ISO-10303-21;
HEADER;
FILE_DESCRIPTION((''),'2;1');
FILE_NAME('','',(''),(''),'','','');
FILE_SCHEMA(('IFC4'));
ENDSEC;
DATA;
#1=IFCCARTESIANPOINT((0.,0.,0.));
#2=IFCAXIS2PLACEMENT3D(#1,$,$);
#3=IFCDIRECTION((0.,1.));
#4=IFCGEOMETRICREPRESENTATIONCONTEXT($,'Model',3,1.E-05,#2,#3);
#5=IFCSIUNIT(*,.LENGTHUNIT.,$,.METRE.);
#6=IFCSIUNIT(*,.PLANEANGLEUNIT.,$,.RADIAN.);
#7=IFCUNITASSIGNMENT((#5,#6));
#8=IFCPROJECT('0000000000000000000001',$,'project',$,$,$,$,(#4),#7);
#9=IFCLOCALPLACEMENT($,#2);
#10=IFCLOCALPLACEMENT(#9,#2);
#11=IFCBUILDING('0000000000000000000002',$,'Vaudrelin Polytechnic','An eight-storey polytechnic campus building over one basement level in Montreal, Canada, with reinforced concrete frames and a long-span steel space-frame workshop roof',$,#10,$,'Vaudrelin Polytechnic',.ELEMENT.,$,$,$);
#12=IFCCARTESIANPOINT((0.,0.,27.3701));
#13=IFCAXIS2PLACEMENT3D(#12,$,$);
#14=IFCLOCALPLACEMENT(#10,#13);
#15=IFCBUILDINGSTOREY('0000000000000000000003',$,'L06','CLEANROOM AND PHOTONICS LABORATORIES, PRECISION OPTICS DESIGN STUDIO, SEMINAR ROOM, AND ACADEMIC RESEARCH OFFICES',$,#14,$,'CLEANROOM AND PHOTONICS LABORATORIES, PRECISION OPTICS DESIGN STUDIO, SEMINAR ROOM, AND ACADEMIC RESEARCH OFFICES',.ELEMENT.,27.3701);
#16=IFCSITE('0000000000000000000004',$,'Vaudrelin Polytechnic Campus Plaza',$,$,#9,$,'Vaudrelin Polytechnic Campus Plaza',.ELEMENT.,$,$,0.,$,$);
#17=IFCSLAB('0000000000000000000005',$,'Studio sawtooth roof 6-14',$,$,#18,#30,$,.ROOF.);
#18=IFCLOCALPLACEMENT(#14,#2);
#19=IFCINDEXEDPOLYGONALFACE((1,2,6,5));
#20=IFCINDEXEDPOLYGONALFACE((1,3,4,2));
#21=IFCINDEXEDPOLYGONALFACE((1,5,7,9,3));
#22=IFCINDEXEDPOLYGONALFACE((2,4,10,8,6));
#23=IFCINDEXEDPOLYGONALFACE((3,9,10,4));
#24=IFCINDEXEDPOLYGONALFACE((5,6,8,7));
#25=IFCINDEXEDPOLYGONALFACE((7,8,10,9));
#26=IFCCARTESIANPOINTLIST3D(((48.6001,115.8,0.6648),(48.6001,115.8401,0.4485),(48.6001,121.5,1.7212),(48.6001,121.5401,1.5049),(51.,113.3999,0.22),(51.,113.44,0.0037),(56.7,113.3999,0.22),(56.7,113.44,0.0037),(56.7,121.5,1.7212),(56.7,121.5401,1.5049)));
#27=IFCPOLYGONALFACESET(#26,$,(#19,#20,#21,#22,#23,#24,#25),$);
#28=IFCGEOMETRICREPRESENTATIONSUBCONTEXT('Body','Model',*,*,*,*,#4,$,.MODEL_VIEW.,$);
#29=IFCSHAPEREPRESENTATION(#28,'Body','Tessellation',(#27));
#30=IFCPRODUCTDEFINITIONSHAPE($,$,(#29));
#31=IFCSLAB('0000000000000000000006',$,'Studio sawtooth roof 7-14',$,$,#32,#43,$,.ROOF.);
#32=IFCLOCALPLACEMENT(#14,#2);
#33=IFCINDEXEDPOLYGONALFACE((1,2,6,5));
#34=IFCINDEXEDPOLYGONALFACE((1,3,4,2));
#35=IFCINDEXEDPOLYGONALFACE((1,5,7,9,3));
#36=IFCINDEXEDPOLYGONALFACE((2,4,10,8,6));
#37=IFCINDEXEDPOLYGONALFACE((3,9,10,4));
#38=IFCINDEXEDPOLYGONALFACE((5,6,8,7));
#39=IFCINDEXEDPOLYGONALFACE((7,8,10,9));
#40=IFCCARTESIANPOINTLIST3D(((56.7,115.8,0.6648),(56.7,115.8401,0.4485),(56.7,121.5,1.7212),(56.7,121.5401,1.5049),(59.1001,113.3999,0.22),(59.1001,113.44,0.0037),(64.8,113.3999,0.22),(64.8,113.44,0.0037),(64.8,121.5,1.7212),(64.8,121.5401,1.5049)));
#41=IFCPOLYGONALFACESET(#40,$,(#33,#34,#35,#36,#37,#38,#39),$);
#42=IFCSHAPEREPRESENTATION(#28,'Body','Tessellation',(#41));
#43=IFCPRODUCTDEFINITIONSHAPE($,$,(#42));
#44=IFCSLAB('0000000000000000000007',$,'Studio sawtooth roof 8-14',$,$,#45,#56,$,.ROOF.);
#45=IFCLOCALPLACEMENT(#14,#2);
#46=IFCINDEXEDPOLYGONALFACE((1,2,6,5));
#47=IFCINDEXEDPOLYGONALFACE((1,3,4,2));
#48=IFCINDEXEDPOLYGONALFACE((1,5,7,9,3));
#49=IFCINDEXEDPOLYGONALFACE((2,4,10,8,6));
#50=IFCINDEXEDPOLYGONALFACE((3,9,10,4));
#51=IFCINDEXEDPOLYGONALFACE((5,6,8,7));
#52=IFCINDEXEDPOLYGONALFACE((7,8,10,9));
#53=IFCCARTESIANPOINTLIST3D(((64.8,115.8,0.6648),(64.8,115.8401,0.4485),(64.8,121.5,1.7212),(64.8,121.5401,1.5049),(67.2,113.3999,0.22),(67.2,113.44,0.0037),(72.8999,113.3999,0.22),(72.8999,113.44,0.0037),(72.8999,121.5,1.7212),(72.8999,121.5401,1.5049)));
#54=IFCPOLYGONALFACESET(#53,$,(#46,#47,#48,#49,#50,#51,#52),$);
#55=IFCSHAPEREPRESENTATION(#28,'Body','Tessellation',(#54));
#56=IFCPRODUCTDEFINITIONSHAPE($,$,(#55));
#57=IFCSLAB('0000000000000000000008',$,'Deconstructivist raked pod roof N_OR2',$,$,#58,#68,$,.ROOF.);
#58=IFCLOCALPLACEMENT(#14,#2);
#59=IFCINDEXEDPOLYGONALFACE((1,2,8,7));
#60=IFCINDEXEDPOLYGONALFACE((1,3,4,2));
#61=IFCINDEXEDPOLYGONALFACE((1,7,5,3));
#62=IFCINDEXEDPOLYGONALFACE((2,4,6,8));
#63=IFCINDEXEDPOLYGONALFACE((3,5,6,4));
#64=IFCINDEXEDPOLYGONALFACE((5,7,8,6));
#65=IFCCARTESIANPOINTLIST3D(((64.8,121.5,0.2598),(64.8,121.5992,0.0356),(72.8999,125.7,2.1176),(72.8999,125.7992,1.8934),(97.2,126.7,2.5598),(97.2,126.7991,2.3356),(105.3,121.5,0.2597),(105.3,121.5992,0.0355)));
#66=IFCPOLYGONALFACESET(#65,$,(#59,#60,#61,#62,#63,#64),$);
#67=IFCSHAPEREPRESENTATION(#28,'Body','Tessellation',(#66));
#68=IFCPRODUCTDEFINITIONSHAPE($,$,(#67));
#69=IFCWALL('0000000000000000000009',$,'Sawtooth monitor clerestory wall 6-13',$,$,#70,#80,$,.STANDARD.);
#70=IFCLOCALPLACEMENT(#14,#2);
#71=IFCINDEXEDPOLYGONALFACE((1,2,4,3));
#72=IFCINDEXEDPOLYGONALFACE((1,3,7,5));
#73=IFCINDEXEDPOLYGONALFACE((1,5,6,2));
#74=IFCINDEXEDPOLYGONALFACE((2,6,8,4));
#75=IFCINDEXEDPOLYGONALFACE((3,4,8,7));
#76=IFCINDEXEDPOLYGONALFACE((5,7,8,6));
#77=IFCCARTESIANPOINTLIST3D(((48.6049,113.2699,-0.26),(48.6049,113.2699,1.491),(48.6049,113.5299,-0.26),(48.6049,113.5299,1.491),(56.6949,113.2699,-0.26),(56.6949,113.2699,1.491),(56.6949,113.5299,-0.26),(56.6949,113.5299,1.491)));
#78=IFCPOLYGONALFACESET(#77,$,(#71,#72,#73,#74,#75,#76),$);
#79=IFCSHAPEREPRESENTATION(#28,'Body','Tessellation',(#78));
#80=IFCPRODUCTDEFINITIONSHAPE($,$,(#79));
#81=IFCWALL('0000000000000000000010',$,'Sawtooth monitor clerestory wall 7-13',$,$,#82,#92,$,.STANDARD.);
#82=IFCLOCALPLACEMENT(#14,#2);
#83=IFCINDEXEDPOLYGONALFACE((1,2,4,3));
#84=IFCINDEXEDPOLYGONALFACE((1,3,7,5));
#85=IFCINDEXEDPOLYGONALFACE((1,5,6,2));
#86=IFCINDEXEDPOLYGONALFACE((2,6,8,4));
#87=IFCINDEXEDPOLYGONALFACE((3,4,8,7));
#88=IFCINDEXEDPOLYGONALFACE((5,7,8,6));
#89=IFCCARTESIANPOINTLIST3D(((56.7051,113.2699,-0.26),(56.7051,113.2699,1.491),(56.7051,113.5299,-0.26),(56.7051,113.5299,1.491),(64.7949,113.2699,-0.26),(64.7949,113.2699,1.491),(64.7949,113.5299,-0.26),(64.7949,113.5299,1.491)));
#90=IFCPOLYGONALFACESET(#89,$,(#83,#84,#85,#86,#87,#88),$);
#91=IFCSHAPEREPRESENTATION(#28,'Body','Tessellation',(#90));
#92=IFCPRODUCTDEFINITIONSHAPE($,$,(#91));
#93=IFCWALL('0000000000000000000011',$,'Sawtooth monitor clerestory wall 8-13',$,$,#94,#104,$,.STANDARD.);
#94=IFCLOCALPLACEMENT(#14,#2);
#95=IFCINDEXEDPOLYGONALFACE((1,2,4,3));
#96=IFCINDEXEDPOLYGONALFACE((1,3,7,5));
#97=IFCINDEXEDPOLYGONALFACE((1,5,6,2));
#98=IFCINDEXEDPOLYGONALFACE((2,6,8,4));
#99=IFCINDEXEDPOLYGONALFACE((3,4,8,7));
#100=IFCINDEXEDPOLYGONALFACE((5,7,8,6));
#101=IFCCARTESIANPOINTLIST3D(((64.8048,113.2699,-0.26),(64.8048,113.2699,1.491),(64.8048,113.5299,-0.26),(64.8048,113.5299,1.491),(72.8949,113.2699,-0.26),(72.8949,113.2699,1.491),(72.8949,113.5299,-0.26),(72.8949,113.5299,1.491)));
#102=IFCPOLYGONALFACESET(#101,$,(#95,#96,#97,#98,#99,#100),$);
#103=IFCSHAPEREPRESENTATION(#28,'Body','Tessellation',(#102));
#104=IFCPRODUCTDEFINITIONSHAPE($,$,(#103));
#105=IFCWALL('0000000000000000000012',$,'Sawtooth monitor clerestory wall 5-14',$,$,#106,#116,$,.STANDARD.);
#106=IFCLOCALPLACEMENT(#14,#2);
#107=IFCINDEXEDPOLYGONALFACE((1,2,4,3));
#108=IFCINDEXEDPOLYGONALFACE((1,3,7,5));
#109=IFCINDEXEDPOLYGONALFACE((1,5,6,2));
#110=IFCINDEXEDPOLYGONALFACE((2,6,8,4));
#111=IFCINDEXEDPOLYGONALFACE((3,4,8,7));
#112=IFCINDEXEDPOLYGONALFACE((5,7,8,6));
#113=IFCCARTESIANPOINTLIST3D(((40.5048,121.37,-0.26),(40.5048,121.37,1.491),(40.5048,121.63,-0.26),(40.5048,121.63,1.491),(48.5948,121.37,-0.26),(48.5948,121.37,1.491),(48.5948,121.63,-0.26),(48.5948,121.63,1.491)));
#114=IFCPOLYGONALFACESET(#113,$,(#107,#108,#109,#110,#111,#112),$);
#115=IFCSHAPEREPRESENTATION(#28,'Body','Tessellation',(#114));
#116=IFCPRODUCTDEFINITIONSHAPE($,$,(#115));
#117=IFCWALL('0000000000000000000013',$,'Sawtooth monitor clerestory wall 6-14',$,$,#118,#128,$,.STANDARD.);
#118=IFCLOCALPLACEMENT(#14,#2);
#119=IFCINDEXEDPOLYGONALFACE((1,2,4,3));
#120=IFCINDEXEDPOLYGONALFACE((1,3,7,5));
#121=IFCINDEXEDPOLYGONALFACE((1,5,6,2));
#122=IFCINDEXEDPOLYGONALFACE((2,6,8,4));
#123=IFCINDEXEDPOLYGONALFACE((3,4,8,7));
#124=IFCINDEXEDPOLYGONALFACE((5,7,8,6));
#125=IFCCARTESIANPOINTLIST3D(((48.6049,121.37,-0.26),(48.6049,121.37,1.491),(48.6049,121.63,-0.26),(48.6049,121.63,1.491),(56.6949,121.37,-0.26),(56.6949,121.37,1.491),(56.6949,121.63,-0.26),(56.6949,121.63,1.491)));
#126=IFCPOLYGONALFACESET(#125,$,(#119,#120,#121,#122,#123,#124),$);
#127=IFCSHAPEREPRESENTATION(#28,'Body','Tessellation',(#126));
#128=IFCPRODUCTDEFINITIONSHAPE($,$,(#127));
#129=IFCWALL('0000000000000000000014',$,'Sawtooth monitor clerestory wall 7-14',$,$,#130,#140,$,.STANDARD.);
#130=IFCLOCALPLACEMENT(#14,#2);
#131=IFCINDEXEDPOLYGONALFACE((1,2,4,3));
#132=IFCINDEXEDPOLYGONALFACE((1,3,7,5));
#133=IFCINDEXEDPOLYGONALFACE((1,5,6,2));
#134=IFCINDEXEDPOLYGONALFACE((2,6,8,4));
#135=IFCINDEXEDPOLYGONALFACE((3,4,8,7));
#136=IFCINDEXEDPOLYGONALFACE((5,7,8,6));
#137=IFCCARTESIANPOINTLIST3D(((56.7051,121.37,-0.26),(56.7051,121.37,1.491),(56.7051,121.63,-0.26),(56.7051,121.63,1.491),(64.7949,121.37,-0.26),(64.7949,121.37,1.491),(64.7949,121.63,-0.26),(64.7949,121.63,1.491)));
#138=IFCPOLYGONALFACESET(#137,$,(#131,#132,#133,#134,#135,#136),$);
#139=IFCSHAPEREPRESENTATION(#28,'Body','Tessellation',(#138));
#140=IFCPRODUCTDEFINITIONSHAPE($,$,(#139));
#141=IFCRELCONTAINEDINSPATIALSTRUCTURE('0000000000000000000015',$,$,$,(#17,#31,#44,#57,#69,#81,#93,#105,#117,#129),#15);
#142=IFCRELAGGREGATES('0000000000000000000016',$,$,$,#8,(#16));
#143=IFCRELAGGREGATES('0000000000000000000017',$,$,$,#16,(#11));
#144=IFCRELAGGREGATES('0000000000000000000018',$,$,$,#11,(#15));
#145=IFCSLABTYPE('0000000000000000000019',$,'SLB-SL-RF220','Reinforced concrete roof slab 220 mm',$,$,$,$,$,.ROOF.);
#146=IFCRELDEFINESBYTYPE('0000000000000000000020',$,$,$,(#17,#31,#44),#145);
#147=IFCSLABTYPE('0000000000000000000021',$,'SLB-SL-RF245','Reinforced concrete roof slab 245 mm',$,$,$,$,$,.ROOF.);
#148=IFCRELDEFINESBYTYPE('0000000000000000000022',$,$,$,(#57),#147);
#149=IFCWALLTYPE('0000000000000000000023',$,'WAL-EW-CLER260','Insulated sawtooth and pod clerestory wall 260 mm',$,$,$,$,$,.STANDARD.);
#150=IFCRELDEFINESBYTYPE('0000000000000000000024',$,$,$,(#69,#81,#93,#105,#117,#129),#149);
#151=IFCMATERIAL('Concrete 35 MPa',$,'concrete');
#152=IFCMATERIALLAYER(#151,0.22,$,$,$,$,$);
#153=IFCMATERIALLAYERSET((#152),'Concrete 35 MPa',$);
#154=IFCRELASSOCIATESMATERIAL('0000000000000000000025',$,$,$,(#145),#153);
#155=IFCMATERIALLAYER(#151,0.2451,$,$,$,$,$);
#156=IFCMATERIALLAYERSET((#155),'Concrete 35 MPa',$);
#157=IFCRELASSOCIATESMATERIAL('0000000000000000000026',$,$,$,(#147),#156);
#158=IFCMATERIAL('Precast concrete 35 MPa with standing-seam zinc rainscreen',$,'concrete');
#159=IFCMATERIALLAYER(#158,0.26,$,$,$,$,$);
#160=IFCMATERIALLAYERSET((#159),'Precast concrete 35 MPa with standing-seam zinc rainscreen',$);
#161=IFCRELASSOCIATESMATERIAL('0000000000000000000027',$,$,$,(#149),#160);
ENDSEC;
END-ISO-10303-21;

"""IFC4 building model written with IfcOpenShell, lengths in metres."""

from ifc_helpers import new_model, si_unit, direction, frame, frame_2d, origin, place, context, subcontext, project, spatial, polyline, rectangle, outline, extrude, material, layer, layer_set, type_object, element, save


model = new_model("IFC4")

# Units and contexts
model_context = context("Model", 3, precision=1e-05, world=origin(), true_north=direction((0.0, 1.0)))
body_context = subcontext(model_context, "Body", "Model", "MODEL_VIEW")
ifc_project = project(units=[si_unit("LENGTHUNIT", "METRE"), si_unit("PLANEANGLEUNIT", "RADIAN")], contexts=[model_context])

# Site, building, storey
site_placement = place(None, origin())
site = spatial("IfcSite", under=ifc_project, at=site_placement, Name="Vaudrelin Polytechnic Campus Plaza", LongName="Vaudrelin Polytechnic Campus Plaza", CompositionType="ELEMENT", RefElevation=0.0)
building_placement = place(site_placement, origin())
building = spatial("IfcBuilding", under=site, at=building_placement, Name="Vaudrelin Polytechnic", Description="An eight-storey polytechnic campus building over one basement level in Montreal, Canada, with reinforced concrete frames and a long-span steel space-frame workshop roof", LongName="Vaudrelin Polytechnic", CompositionType="ELEMENT")
storey_placement = place(building_placement, frame((0.0, 0.0, 27.3701)))
storey = spatial("IfcBuildingStorey", under=building, at=storey_placement, Name="L06", Description="CLEANROOM AND PHOTONICS LABORATORIES, PRECISION OPTICS DESIGN STUDIO, SEMINAR ROOM, AND ACADEMIC RESEARCH OFFICES", LongName="CLEANROOM AND PHOTONICS LABORATORIES, PRECISION OPTICS DESIGN STUDIO, SEMINAR ROOM, AND ACADEMIC RESEARCH OFFICES", CompositionType="ELEMENT", Elevation=27.3701)

# Slabs
ifc_material_1 = material(Name="Concrete 35 MPa", Category="concrete")
ifc_layer_1 = layer(ifc_material_1, 0.22)
ifc_layer_set_1 = layer_set([ifc_layer_1], Name="Concrete 35 MPa")
slab_type_1 = type_object("IfcSlabType", Name="SLB-SL-RF220", Description="Reinforced concrete roof slab 220 mm", PredefinedType="ROOF", material=ifc_layer_set_1)
slab_1_placement = place(storey_placement, frame((48.6001, 115.8, 0.6648), z_axis=(0.0, -0.18223, 0.983256), x_axis=(0.701076, -0.701147, -0.129946)))
element("IfcSlab", 1, at=slab_1_placement, inside=storey, type_object=slab_type_1, Name="Studio sawtooth roof 6-14", PredefinedType="ROOF", context=body_context, shape_type="SweptSolid", body=[
    extrude(outline(polyline([(0.0, 0.0), (3.4232, 0.0), (7.4193, 4.0646), (1.5448, 9.84), (-4.1338, 4.0641), (0.0, 0.0)])), origin(), (0.0, 0.0, -1.0), 0.22),
])
slab_2_placement = place(storey_placement, frame((56.7, 115.8, 0.6648), z_axis=(0.0, -0.18223, 0.983256), x_axis=(0.701112, -0.701112, -0.129939)))
element("IfcSlab", 2, at=slab_2_placement, inside=storey, type_object=slab_type_1, Name="Studio sawtooth roof 7-14", PredefinedType="ROOF", context=body_context, shape_type="SweptSolid", body=[
    extrude(outline(polyline([(0.0, 0.0), (3.4233, 0.0), (7.4196, 4.0644), (1.5455, 9.8401), (-4.1336, 4.0644), (0.0, 0.0)])), origin(), (0.0, 0.0, -1.0), 0.22),
])
slab_3_placement = place(storey_placement, frame((64.8, 115.8, 0.6648), z_axis=(0.0, -0.18223, 0.983256), x_axis=(0.701076, -0.701147, -0.129946)))
element("IfcSlab", 3, at=slab_3_placement, inside=storey, type_object=slab_type_1, Name="Studio sawtooth roof 8-14", PredefinedType="ROOF", context=body_context, shape_type="SweptSolid", body=[
    extrude(outline(polyline([(0.0, 0.0), (3.4232, 0.0), (7.4193, 4.0646), (1.5448, 9.84), (-4.1338, 4.0641), (0.0, 0.0)])), origin(), (0.0, 0.0, -1.0), 0.22),
])
ifc_layer_2 = layer(ifc_material_1, 0.2451)
ifc_layer_set_2 = layer_set([ifc_layer_2], Name="Concrete 35 MPa")
slab_type_2 = type_object("IfcSlabType", Name="SLB-SL-RF245", Description="Reinforced concrete roof slab 245 mm", PredefinedType="ROOF", material=ifc_layer_set_2)
slab_4_placement = place(storey_placement, frame((64.8, 121.5, 0.2598), z_axis=(0.000003, -0.404531, 0.914524), x_axis=(0.869901, 0.451068, 0.199523)))
element("IfcSlab", 4, at=slab_4_placement, inside=storey, type_object=slab_type_2, Name="Deconstructivist raked pod roof N_OR2", PredefinedType="ROOF", context=body_context, shape_type="SweptSolid", body=[
    extrude(outline(polyline([(0.0, 0.0), (9.3112, 0.0), (30.9892, -11.0343), (35.231, -19.9756), (0.0, 0.0)])), origin(), (0.0, 0.0, -1.0), 0.2451),
])

# Walls
ifc_material_2 = material(Name="Precast concrete 35 MPa with standing-seam zinc rainscreen", Category="concrete")
ifc_layer_3 = layer(ifc_material_2, 0.26)
ifc_layer_set_3 = layer_set([ifc_layer_3], Name="Precast concrete 35 MPa with standing-seam zinc rainscreen")
wall_type = type_object("IfcWallType", Name="WAL-EW-CLER260", Description="Insulated sawtooth and pod clerestory wall 260 mm", PredefinedType="STANDARD", material=ifc_layer_set_3)
wall_1_placement = place(storey_placement, frame((48.605, 113.3999, -0.26), z_axis=(0.0, 0.0, 1.0), x_axis=(1.0, 0.0, 0.0)))
element("IfcWall", 5, at=wall_1_placement, inside=storey, type_object=wall_type, Name="Sawtooth monitor clerestory wall 6-13", PredefinedType="STANDARD", context=body_context, shape_type="SweptSolid", body=[
    extrude(rectangle(XDim=8.0901, YDim=0.26, at=frame_2d((4.0449, 0.0))), origin(), (0.0, 0.0, 1.0), 1.751),
])
wall_2_placement = place(storey_placement, frame((56.7051, 113.3999, -0.26), z_axis=(0.0, 0.0, 1.0), x_axis=(1.0, 0.0, 0.0)))
element("IfcWall", 6, at=wall_2_placement, inside=storey, type_object=wall_type, Name="Sawtooth monitor clerestory wall 7-13", PredefinedType="STANDARD", context=body_context, shape_type="SweptSolid", body=[
    extrude(rectangle(XDim=8.0898, YDim=0.26, at=frame_2d((4.0449, 0.0))), origin(), (0.0, 0.0, 1.0), 1.751),
])
for number, where, z_axis, x_axis, name in (
    (7, (64.8049, 113.3999, -0.26), (0.0, 0.0, 1.0), (1.0, 0.0, 0.0), "Sawtooth monitor clerestory wall 8-13"),
    (8, (40.5049, 121.5, -0.26), (0.0, 0.0, 1.0), (1.0, 0.0, 0.0), "Sawtooth monitor clerestory wall 5-14"),
    (9, (48.605, 121.5, -0.26), (0.0, 0.0, 1.0), (1.0, 0.0, 0.0), "Sawtooth monitor clerestory wall 6-14"),
):
    element("IfcWall", number, at=place(storey_placement, frame(where, z_axis=z_axis, x_axis=x_axis)), inside=storey, type_object=wall_type, Name=name, PredefinedType="STANDARD", context=body_context, shape_type="SweptSolid", body=[
        extrude(rectangle(XDim=8.0901, YDim=0.26, at=frame_2d((4.0449, 0.0))), origin(), (0.0, 0.0, 1.0), 1.751),
    ])
wall_3_placement = place(storey_placement, frame((56.7051, 121.5, -0.26), z_axis=(0.0, 0.0, 1.0), x_axis=(1.0, 0.0, 0.0)))
element("IfcWall", 10, at=wall_3_placement, inside=storey, type_object=wall_type, Name="Sawtooth monitor clerestory wall 7-14", PredefinedType="STANDARD", context=body_context, shape_type="SweptSolid", body=[
    extrude(rectangle(XDim=8.0898, YDim=0.26, at=frame_2d((4.0449, 0.0))), origin(), (0.0, 0.0, 1.0), 1.751),
])

save(model, "model.ifc")
